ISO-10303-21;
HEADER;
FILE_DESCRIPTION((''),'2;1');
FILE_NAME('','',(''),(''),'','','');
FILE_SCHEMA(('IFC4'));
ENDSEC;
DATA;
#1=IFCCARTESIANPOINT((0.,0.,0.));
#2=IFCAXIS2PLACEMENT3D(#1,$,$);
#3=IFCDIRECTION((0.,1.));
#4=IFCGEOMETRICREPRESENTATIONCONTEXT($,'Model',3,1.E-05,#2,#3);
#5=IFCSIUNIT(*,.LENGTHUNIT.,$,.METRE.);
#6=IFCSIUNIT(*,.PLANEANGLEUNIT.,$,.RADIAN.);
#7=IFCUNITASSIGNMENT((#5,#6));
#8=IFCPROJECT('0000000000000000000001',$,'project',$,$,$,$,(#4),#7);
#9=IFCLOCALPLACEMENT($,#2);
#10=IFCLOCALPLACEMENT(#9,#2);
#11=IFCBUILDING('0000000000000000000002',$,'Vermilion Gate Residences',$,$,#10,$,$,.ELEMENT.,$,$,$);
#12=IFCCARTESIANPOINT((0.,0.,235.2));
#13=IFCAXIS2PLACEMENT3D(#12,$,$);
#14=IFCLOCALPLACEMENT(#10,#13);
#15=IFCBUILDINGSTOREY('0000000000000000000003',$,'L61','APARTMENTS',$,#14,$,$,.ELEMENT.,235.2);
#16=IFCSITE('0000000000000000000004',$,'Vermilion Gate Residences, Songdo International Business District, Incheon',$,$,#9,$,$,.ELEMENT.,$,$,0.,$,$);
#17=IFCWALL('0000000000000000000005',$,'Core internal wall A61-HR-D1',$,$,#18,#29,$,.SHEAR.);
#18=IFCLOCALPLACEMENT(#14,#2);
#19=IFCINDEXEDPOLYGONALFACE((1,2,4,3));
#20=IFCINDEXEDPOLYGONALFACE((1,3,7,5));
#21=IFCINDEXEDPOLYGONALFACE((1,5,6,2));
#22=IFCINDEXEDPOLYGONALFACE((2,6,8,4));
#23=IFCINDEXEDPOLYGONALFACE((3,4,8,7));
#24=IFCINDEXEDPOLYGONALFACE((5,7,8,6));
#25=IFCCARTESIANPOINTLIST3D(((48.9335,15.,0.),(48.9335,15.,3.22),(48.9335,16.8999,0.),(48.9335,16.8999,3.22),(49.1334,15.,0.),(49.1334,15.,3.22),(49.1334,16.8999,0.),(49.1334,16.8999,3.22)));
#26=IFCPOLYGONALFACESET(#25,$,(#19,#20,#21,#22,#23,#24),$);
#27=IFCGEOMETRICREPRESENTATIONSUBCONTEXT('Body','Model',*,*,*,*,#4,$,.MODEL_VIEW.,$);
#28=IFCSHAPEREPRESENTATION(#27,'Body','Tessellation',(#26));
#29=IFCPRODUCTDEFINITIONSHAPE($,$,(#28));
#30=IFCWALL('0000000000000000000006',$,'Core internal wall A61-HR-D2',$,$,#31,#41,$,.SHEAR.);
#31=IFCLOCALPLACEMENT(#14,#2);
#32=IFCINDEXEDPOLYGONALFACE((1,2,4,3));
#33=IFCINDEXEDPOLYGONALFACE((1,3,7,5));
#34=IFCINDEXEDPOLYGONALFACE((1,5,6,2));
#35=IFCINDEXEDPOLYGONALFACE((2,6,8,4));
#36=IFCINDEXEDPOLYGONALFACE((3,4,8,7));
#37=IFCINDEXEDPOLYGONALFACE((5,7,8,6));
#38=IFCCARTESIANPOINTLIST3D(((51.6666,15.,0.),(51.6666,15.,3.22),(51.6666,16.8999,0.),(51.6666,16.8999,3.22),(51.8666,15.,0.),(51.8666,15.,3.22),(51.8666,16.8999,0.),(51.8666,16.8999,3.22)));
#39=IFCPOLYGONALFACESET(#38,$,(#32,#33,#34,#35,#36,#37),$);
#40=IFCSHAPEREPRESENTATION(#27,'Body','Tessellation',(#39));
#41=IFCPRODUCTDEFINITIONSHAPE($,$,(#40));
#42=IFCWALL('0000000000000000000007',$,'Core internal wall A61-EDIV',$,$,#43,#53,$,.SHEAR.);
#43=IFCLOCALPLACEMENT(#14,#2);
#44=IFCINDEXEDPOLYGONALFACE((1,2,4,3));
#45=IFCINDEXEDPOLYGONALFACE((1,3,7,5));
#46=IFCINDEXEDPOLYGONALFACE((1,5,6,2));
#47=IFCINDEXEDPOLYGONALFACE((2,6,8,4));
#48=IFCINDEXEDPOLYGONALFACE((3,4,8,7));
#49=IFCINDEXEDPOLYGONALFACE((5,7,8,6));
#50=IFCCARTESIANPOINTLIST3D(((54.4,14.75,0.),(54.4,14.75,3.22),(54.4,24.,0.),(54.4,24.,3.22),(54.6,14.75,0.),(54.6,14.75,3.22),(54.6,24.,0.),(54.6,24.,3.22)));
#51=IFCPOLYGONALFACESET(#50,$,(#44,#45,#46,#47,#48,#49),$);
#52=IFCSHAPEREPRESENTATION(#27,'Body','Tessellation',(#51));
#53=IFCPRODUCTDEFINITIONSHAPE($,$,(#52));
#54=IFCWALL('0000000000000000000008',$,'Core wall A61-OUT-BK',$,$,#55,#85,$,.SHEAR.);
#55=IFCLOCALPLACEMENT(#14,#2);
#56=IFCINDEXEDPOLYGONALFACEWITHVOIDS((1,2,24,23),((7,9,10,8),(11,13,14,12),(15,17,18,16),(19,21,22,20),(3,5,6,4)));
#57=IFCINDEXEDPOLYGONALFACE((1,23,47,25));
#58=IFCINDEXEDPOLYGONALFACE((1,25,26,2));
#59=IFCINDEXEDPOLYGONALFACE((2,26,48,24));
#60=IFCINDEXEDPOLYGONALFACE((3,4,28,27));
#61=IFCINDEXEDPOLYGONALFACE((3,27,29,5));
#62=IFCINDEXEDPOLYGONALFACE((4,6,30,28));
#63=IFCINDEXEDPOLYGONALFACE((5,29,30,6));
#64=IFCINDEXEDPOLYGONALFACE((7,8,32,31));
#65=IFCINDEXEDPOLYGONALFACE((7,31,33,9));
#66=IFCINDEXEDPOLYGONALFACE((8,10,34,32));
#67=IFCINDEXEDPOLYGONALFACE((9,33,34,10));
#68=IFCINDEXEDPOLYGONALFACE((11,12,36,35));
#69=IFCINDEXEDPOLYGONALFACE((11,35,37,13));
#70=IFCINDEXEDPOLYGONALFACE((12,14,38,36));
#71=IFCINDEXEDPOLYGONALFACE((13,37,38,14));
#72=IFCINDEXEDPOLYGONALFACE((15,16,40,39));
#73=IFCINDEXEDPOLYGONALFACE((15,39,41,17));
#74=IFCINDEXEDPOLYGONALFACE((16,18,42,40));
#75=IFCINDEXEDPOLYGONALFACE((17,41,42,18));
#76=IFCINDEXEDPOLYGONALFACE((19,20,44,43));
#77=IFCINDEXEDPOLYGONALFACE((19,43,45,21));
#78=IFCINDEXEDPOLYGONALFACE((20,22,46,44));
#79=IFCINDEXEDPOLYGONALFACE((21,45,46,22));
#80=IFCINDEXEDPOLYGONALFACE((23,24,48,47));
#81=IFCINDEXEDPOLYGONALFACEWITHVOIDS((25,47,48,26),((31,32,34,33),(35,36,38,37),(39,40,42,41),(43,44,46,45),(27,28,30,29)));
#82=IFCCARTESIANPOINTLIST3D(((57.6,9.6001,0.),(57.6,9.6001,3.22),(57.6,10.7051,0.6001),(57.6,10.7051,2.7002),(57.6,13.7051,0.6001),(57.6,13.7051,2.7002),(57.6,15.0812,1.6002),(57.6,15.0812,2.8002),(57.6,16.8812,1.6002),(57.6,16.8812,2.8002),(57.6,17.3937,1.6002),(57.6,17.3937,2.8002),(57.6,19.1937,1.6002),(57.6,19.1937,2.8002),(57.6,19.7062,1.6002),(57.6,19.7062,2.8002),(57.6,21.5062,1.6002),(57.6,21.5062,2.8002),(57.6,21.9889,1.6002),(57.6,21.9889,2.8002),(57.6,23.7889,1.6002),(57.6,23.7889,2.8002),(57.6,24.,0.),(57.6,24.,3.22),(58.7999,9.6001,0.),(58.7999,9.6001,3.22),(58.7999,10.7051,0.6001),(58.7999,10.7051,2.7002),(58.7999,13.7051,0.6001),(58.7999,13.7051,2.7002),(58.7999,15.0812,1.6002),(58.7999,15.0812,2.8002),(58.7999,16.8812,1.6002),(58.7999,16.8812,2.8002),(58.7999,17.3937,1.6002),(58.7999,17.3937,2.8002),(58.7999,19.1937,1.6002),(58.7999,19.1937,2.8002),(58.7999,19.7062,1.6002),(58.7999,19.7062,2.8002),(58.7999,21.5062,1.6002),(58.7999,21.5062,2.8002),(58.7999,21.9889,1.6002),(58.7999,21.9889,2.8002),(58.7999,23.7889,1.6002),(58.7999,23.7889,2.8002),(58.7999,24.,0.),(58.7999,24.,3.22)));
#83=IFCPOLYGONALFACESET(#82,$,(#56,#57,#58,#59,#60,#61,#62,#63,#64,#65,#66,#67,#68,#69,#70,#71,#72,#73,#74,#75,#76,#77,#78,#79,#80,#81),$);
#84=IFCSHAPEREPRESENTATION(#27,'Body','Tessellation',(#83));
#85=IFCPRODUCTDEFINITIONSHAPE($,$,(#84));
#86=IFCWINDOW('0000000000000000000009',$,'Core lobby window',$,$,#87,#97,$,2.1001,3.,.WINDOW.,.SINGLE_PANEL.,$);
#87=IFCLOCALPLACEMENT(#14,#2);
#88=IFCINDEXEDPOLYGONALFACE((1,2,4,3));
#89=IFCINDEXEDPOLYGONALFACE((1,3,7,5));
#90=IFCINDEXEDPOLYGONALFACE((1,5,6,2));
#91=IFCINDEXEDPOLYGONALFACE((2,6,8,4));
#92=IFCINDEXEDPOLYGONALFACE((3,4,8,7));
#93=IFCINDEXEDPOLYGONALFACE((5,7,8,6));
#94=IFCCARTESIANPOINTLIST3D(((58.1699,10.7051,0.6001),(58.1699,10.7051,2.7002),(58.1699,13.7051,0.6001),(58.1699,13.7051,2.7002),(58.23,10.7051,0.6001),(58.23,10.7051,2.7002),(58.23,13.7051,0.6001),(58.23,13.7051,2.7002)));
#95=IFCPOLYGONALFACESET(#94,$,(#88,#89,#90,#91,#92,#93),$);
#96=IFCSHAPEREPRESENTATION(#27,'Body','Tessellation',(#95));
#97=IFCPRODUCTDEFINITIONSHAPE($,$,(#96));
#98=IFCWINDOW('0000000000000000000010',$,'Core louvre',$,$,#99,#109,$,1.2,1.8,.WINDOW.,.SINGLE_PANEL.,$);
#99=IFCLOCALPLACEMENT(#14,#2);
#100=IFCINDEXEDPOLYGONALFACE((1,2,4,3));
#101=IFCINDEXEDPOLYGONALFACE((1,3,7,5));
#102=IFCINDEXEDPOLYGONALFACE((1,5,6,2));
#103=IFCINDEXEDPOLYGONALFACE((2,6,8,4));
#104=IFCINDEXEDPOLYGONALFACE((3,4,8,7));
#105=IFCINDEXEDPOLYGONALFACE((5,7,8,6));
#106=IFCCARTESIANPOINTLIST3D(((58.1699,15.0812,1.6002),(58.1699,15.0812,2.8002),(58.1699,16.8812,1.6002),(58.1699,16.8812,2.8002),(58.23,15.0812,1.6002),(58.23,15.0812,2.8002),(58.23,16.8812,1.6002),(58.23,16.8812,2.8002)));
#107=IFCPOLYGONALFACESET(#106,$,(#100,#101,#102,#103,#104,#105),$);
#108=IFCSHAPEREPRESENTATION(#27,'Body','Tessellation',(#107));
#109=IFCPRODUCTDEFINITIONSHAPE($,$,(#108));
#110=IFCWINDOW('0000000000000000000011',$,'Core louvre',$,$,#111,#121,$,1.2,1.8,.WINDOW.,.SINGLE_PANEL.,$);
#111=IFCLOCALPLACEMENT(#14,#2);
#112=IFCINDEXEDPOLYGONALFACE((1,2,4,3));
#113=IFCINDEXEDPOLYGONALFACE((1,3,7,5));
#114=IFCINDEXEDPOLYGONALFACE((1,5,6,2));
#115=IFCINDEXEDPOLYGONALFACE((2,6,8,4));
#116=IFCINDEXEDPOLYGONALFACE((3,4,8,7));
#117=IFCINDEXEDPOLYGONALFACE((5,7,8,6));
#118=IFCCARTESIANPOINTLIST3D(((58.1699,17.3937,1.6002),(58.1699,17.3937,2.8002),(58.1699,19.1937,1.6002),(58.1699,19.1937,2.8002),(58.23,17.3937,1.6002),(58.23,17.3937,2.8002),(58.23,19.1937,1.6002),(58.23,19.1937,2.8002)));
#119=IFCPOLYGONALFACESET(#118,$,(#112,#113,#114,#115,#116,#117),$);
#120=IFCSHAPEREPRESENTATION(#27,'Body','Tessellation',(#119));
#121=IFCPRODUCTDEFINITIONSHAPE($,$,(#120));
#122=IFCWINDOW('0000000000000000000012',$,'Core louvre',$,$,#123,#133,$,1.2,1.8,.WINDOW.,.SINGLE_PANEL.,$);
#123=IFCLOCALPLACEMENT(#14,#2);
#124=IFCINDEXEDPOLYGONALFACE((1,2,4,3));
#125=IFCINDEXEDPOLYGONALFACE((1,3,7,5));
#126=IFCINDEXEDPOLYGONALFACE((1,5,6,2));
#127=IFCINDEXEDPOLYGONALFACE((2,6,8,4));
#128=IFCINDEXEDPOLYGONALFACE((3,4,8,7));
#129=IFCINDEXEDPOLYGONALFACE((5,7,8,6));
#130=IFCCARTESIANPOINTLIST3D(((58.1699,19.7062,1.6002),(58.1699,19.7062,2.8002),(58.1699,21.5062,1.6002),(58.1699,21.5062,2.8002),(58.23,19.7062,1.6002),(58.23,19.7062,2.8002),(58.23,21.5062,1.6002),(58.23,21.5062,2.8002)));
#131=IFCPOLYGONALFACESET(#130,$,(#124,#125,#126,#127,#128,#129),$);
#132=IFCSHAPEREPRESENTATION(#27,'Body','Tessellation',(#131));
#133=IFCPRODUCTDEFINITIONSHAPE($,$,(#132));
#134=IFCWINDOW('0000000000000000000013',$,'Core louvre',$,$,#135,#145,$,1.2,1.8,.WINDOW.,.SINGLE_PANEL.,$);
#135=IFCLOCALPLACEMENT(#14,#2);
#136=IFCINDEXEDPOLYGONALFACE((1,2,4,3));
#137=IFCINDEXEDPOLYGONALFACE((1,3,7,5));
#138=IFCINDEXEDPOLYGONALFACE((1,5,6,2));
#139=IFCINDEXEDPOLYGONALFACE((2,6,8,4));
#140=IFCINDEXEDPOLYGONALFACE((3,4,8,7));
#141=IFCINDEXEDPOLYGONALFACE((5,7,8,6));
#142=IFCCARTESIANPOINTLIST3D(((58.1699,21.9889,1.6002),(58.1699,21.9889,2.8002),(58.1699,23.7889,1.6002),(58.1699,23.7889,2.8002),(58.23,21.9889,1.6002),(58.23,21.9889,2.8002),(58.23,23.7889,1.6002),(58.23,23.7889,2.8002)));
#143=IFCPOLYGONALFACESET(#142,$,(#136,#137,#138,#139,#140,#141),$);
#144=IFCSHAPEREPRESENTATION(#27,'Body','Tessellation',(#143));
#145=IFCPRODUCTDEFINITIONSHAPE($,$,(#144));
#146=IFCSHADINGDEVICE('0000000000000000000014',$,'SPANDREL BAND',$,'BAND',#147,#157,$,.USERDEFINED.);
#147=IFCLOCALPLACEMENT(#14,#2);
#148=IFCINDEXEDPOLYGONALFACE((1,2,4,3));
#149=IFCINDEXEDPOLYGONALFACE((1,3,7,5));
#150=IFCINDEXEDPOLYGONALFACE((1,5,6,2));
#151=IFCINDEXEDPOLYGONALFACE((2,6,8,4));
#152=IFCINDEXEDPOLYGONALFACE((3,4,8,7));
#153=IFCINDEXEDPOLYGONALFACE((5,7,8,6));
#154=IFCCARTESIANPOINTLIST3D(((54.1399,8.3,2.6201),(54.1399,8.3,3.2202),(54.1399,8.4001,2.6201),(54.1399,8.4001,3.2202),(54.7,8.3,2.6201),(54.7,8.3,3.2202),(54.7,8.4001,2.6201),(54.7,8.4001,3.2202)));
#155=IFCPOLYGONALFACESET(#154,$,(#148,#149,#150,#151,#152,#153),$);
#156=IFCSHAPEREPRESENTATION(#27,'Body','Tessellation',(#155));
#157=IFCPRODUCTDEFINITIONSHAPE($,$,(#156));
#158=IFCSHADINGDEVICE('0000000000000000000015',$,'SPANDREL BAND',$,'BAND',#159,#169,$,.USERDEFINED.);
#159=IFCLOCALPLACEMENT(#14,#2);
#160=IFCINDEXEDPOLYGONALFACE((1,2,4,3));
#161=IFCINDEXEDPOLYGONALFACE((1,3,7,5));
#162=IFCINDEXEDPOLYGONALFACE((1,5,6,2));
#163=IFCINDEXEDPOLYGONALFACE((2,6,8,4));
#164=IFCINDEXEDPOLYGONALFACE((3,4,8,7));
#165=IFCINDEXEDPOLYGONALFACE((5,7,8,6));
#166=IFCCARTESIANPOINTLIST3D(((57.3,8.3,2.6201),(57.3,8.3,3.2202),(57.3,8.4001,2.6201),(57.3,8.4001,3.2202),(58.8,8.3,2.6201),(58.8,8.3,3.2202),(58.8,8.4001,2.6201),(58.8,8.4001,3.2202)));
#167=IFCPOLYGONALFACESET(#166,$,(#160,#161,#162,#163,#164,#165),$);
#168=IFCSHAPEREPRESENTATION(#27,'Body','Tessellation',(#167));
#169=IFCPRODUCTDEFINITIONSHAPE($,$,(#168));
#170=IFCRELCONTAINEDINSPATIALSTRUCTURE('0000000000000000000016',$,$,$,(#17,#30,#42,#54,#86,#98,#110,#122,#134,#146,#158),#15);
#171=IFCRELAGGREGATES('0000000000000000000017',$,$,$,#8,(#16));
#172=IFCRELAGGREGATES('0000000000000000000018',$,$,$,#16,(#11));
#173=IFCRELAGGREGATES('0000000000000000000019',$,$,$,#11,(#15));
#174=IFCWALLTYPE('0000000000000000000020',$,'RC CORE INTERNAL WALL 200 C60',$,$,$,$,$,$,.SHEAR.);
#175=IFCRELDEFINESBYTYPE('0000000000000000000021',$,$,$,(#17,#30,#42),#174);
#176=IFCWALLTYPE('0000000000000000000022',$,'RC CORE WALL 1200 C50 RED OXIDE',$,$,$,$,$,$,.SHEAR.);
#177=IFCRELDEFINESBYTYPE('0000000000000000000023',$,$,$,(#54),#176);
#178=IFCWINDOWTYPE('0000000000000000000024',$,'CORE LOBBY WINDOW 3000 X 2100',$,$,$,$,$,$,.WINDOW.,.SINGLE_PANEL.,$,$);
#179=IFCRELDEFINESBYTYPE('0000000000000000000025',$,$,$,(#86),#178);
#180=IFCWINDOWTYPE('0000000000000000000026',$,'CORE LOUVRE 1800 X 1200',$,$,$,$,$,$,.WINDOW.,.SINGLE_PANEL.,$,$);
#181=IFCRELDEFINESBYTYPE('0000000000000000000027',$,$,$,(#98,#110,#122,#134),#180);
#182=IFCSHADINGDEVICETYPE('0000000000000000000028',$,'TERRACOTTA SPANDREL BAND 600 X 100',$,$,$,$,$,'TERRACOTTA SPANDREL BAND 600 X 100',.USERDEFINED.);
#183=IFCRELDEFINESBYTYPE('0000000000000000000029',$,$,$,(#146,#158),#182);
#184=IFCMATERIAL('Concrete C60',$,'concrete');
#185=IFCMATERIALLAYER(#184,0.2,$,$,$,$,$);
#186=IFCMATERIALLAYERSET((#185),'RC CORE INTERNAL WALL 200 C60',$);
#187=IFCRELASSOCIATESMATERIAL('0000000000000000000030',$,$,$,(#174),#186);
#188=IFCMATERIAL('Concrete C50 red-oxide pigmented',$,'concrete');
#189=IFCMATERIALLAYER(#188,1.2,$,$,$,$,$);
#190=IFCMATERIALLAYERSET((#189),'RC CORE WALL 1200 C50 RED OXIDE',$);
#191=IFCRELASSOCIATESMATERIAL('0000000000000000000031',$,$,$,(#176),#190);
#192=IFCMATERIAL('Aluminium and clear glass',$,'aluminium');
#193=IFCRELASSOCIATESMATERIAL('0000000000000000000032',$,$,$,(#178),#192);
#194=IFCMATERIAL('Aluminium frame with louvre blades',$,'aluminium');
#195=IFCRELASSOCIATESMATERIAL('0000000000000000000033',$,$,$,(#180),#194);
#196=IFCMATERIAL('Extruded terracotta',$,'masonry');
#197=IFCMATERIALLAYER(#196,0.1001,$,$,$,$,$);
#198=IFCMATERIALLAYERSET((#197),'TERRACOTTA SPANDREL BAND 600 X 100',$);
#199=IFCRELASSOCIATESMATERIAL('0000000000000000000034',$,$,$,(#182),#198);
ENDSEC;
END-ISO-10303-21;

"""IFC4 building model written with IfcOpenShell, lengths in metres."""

from ifc_helpers import new_model, si_unit, direction, frame, frame_2d, origin, origin_2d, place, context, subcontext, project, spatial, rectangle, extrude, material, layer, layer_set, type_object, element, fill, save


model = new_model("IFC4")

# Units and contexts
model_context = context("Model", 3, precision=1e-05, world=origin(), true_north=direction((0.0, 1.0)))
body_context = subcontext(model_context, "Body", "Model", "MODEL_VIEW")
ifc_project = project(units=[si_unit("LENGTHUNIT", "METRE"), si_unit("PLANEANGLEUNIT", "RADIAN")], contexts=[model_context])

# Site, building, storey
site_placement = place(None, origin())
site = spatial("IfcSite", under=ifc_project, at=site_placement, Name="Vermilion Gate Residences, Songdo International Business District, Incheon", CompositionType="ELEMENT", RefElevation=0.0)
building_placement = place(site_placement, origin())
building = spatial("IfcBuilding", under=site, at=building_placement, Name="Vermilion Gate Residences", CompositionType="ELEMENT")
storey_placement = place(building_placement, frame((0.0, 0.0, 235.2)))
storey = spatial("IfcBuildingStorey", under=building, at=storey_placement, Name="L61", Description="APARTMENTS", CompositionType="ELEMENT", Elevation=235.2)

# Walls
ifc_material_1 = material(Name="Concrete C60", Category="concrete")
ifc_layer_1 = layer(ifc_material_1, 0.2)
ifc_layer_set_1 = layer_set([ifc_layer_1], Name="RC CORE INTERNAL WALL 200 C60")
wall_type_1 = type_object("IfcWallType", Name="RC CORE INTERNAL WALL 200 C60", PredefinedType="SHEAR", material=ifc_layer_set_1)
for number, where, z_axis, x_axis, name in (
    (1, (49.0334, 15.0, 0.0), (0.0, 0.0, 1.0), (0.0, 1.0, 0.0), "Core internal wall A61-HR-D1"),
    (2, (51.7666, 15.0, 0.0), (0.0, 0.0, 1.0), (0.0, 1.0, 0.0), "Core internal wall A61-HR-D2"),
):
    element("IfcWall", number, at=place(storey_placement, frame(where, z_axis=z_axis, x_axis=x_axis)), inside=storey, type_object=wall_type_1, Name=name, PredefinedType="SHEAR", context=body_context, shape_type="SweptSolid", body=[
        extrude(rectangle(XDim=1.8999, YDim=0.2, at=frame_2d((0.95, 0.0))), origin(), (0.0, 0.0, 1.0), 3.22),
    ])
wall_1_placement = place(storey_placement, frame((54.5, 14.75, 0.0), z_axis=(0.0, 0.0, 1.0), x_axis=(0.0, 1.0, 0.0)))
element("IfcWall", 3, at=wall_1_placement, inside=storey, type_object=wall_type_1, Name="Core internal wall A61-EDIV", PredefinedType="SHEAR", context=body_context, shape_type="SweptSolid", body=[
    extrude(rectangle(XDim=9.25, YDim=0.2, at=frame_2d((4.625, 0.0))), origin(), (0.0, 0.0, 1.0), 3.22),
])

# Wall, openings, windows
ifc_material_2 = material(Name="Concrete C50 red-oxide pigmented", Category="concrete")
ifc_layer_2 = layer(ifc_material_2, 1.2)
ifc_layer_set_2 = layer_set([ifc_layer_2], Name="RC CORE WALL 1200 C50 RED OXIDE")
wall_type_2 = type_object("IfcWallType", Name="RC CORE WALL 1200 C50 RED OXIDE", PredefinedType="SHEAR", material=ifc_layer_set_2)
wall_2_placement = place(storey_placement, frame((58.2, 9.6001, 0.0), z_axis=(0.0, 0.0, 1.0), x_axis=(0.0, 1.0, 0.0)))
wall_2 = element("IfcWall", 4, at=wall_2_placement, inside=storey, type_object=wall_type_2, Name="Core wall A61-OUT-BK", PredefinedType="SHEAR", context=body_context, shape_type="SweptSolid", body=[
    extrude(rectangle(XDim=14.3999, YDim=1.2, at=frame_2d((7.2, 0.0))), origin(), (0.0, 0.0, 1.0), 3.22),
])
opening_1_placement = place(wall_2_placement, frame((1.105, 0.0, 0.6001)))
opening_1 = element("IfcOpeningElement", 5, at=opening_1_placement, cuts=wall_2, PredefinedType="OPENING", context=body_context, shape_type="SweptSolid", body=[
    extrude(rectangle(XDim=3.0, YDim=2.1001, at=frame_2d((1.5, 1.05))), frame((0.0, 0.6099, 0.0), z_axis=(0.0, -1.0, 0.0), x_axis=(1.0, 0.0, 0.0)), (0.0, 0.0, 1.0), 1.22),
])
opening_2_placement = place(wall_2_placement, frame((5.4812, 0.0, 1.6001)))
opening_2 = element("IfcOpeningElement", 6, at=opening_2_placement, cuts=wall_2, PredefinedType="OPENING", context=body_context, shape_type="SweptSolid", body=[
    extrude(rectangle(XDim=1.8, YDim=1.2, at=frame_2d((0.8999, 0.6001))), frame((0.0, 0.6099, 0.0), z_axis=(0.0, -1.0, 0.0), x_axis=(1.0, 0.0, 0.0)), (0.0, 0.0, 1.0), 1.22),
])
opening_3_placement = place(wall_2_placement, frame((7.7937, 0.0, 1.6001)))
opening_3 = element("IfcOpeningElement", 7, at=opening_3_placement, cuts=wall_2, PredefinedType="OPENING", context=body_context, shape_type="SweptSolid", body=[
    extrude(rectangle(XDim=1.8, YDim=1.2, at=frame_2d((0.8999, 0.6001))), frame((0.0, 0.6099, 0.0), z_axis=(0.0, -1.0, 0.0), x_axis=(1.0, 0.0, 0.0)), (0.0, 0.0, 1.0), 1.22),
])
opening_4_placement = place(wall_2_placement, frame((10.1062, 0.0, 1.6001)))
opening_4 = element("IfcOpeningElement", 8, at=opening_4_placement, cuts=wall_2, PredefinedType="OPENING", context=body_context, shape_type="SweptSolid", body=[
    extrude(rectangle(XDim=1.8, YDim=1.2, at=frame_2d((0.8999, 0.6001))), frame((0.0, 0.6099, 0.0), z_axis=(0.0, -1.0, 0.0), x_axis=(1.0, 0.0, 0.0)), (0.0, 0.0, 1.0), 1.22),
])
opening_5_placement = place(wall_2_placement, frame((12.3889, 0.0, 1.6001)))
opening_5 = element("IfcOpeningElement", 9, at=opening_5_placement, cuts=wall_2, PredefinedType="OPENING", context=body_context, shape_type="SweptSolid", body=[
    extrude(rectangle(XDim=1.8, YDim=1.2, at=frame_2d((0.8999, 0.6001))), frame((0.0, 0.6099, 0.0), z_axis=(0.0, -1.0, 0.0), x_axis=(1.0, 0.0, 0.0)), (0.0, 0.0, 1.0), 1.22),
])
ifc_material_3 = material(Name="Aluminium and clear glass", Category="aluminium")
window_type_1 = type_object("IfcWindowType", Name="CORE LOBBY WINDOW 3000 X 2100", PartitioningType="SINGLE_PANEL", PredefinedType="WINDOW", material=ifc_material_3)
window_1_placement = place(opening_1_placement, origin())
window_1 = element("IfcWindow", 10, at=window_1_placement, inside=storey, type_object=window_type_1, Name="Core lobby window", OverallHeight=2.1001, OverallWidth=3.0, PartitioningType="SINGLE_PANEL", PredefinedType="WINDOW", context=body_context, shape_type="SweptSolid", body=[
    extrude(rectangle(XDim=3.0, YDim=2.1001, at=frame_2d((1.5, 1.05))), frame((0.0, 0.03, 0.0), z_axis=(0.0, -1.0, 0.0), x_axis=(1.0, 0.0, 0.0)), (0.0, 0.0, 1.0), 0.0601),
])
fill(opening_1, window_1)
ifc_material_4 = material(Name="Aluminium frame with louvre blades", Category="aluminium")
window_type_2 = type_object("IfcWindowType", Name="CORE LOUVRE 1800 X 1200", PartitioningType="SINGLE_PANEL", PredefinedType="WINDOW", material=ifc_material_4)
window_2_placement = place(opening_2_placement, origin())
window_2 = element("IfcWindow", 11, at=window_2_placement, inside=storey, type_object=window_type_2, Name="Core louvre", OverallHeight=1.2, OverallWidth=1.8, PartitioningType="SINGLE_PANEL", PredefinedType="WINDOW", context=body_context, shape_type="SweptSolid", body=[
    extrude(rectangle(XDim=1.8, YDim=1.2, at=frame_2d((0.8999, 0.6001))), frame((0.0, 0.03, 0.0), z_axis=(0.0, -1.0, 0.0), x_axis=(1.0, 0.0, 0.0)), (0.0, 0.0, 1.0), 0.0601),
])
fill(opening_2, window_2)
window_3_placement = place(opening_3_placement, origin())
window_3 = element("IfcWindow", 12, at=window_3_placement, inside=storey, type_object=window_type_2, Name="Core louvre", OverallHeight=1.2, OverallWidth=1.8, PartitioningType="SINGLE_PANEL", PredefinedType="WINDOW", context=body_context, shape_type="SweptSolid", body=[
    extrude(rectangle(XDim=1.8, YDim=1.2, at=frame_2d((0.8999, 0.6001))), frame((0.0, 0.03, 0.0), z_axis=(0.0, -1.0, 0.0), x_axis=(1.0, 0.0, 0.0)), (0.0, 0.0, 1.0), 0.0601),
])
fill(opening_3, window_3)
window_4_placement = place(opening_4_placement, origin())
window_4 = element("IfcWindow", 13, at=window_4_placement, inside=storey, type_object=window_type_2, Name="Core louvre", OverallHeight=1.2, OverallWidth=1.8, PartitioningType="SINGLE_PANEL", PredefinedType="WINDOW", context=body_context, shape_type="SweptSolid", body=[
    extrude(rectangle(XDim=1.8, YDim=1.2, at=frame_2d((0.8999, 0.6001))), frame((0.0, 0.03, 0.0), z_axis=(0.0, -1.0, 0.0), x_axis=(1.0, 0.0, 0.0)), (0.0, 0.0, 1.0), 0.0601),
])
fill(opening_4, window_4)
window_5_placement = place(opening_5_placement, origin())
window_5 = element("IfcWindow", 14, at=window_5_placement, inside=storey, type_object=window_type_2, Name="Core louvre", OverallHeight=1.2, OverallWidth=1.8, PartitioningType="SINGLE_PANEL", PredefinedType="WINDOW", context=body_context, shape_type="SweptSolid", body=[
    extrude(rectangle(XDim=1.8, YDim=1.2, at=frame_2d((0.8999, 0.6001))), frame((0.0, 0.03, 0.0), z_axis=(0.0, -1.0, 0.0), x_axis=(1.0, 0.0, 0.0)), (0.0, 0.0, 1.0), 0.0601),
])
fill(opening_5, window_5)

# Shading devices
ifc_material_5 = material(Name="Extruded terracotta", Category="masonry")
ifc_layer_3 = layer(ifc_material_5, 0.1001)
ifc_layer_set_3 = layer_set([ifc_layer_3], Name="TERRACOTTA SPANDREL BAND 600 X 100")
shading_device_type = type_object("IfcShadingDeviceType", Name="TERRACOTTA SPANDREL BAND 600 X 100", ElementType="TERRACOTTA SPANDREL BAND 600 X 100", PredefinedType="USERDEFINED", material=ifc_layer_set_3)
shading_device_1_placement = place(storey_placement, frame((54.4199, 8.3501, 2.6201), z_axis=(0.0, 0.0, 1.0), x_axis=(1.0, 0.0, 0.0)))
element("IfcShadingDevice", 15, at=shading_device_1_placement, inside=storey, type_object=shading_device_type, Name="SPANDREL BAND", ObjectType="BAND", PredefinedType="USERDEFINED", context=body_context, shape_type="SweptSolid", body=[
    extrude(rectangle(XDim=0.5601, YDim=0.1001, at=origin_2d()), origin(), (0.0, 0.0, 1.0), 0.6001),
])
shading_device_2_placement = place(storey_placement, frame((58.05, 8.3501, 2.6201), z_axis=(0.0, 0.0, 1.0), x_axis=(1.0, 0.0, 0.0)))
element("IfcShadingDevice", 16, at=shading_device_2_placement, inside=storey, type_object=shading_device_type, Name="SPANDREL BAND", ObjectType="BAND", PredefinedType="USERDEFINED", context=body_context, shape_type="SweptSolid", body=[
    extrude(rectangle(XDim=1.5, YDim=0.1001, at=origin_2d()), origin(), (0.0, 0.0, 1.0), 0.6001),
])

save(model, "model.ifc")
